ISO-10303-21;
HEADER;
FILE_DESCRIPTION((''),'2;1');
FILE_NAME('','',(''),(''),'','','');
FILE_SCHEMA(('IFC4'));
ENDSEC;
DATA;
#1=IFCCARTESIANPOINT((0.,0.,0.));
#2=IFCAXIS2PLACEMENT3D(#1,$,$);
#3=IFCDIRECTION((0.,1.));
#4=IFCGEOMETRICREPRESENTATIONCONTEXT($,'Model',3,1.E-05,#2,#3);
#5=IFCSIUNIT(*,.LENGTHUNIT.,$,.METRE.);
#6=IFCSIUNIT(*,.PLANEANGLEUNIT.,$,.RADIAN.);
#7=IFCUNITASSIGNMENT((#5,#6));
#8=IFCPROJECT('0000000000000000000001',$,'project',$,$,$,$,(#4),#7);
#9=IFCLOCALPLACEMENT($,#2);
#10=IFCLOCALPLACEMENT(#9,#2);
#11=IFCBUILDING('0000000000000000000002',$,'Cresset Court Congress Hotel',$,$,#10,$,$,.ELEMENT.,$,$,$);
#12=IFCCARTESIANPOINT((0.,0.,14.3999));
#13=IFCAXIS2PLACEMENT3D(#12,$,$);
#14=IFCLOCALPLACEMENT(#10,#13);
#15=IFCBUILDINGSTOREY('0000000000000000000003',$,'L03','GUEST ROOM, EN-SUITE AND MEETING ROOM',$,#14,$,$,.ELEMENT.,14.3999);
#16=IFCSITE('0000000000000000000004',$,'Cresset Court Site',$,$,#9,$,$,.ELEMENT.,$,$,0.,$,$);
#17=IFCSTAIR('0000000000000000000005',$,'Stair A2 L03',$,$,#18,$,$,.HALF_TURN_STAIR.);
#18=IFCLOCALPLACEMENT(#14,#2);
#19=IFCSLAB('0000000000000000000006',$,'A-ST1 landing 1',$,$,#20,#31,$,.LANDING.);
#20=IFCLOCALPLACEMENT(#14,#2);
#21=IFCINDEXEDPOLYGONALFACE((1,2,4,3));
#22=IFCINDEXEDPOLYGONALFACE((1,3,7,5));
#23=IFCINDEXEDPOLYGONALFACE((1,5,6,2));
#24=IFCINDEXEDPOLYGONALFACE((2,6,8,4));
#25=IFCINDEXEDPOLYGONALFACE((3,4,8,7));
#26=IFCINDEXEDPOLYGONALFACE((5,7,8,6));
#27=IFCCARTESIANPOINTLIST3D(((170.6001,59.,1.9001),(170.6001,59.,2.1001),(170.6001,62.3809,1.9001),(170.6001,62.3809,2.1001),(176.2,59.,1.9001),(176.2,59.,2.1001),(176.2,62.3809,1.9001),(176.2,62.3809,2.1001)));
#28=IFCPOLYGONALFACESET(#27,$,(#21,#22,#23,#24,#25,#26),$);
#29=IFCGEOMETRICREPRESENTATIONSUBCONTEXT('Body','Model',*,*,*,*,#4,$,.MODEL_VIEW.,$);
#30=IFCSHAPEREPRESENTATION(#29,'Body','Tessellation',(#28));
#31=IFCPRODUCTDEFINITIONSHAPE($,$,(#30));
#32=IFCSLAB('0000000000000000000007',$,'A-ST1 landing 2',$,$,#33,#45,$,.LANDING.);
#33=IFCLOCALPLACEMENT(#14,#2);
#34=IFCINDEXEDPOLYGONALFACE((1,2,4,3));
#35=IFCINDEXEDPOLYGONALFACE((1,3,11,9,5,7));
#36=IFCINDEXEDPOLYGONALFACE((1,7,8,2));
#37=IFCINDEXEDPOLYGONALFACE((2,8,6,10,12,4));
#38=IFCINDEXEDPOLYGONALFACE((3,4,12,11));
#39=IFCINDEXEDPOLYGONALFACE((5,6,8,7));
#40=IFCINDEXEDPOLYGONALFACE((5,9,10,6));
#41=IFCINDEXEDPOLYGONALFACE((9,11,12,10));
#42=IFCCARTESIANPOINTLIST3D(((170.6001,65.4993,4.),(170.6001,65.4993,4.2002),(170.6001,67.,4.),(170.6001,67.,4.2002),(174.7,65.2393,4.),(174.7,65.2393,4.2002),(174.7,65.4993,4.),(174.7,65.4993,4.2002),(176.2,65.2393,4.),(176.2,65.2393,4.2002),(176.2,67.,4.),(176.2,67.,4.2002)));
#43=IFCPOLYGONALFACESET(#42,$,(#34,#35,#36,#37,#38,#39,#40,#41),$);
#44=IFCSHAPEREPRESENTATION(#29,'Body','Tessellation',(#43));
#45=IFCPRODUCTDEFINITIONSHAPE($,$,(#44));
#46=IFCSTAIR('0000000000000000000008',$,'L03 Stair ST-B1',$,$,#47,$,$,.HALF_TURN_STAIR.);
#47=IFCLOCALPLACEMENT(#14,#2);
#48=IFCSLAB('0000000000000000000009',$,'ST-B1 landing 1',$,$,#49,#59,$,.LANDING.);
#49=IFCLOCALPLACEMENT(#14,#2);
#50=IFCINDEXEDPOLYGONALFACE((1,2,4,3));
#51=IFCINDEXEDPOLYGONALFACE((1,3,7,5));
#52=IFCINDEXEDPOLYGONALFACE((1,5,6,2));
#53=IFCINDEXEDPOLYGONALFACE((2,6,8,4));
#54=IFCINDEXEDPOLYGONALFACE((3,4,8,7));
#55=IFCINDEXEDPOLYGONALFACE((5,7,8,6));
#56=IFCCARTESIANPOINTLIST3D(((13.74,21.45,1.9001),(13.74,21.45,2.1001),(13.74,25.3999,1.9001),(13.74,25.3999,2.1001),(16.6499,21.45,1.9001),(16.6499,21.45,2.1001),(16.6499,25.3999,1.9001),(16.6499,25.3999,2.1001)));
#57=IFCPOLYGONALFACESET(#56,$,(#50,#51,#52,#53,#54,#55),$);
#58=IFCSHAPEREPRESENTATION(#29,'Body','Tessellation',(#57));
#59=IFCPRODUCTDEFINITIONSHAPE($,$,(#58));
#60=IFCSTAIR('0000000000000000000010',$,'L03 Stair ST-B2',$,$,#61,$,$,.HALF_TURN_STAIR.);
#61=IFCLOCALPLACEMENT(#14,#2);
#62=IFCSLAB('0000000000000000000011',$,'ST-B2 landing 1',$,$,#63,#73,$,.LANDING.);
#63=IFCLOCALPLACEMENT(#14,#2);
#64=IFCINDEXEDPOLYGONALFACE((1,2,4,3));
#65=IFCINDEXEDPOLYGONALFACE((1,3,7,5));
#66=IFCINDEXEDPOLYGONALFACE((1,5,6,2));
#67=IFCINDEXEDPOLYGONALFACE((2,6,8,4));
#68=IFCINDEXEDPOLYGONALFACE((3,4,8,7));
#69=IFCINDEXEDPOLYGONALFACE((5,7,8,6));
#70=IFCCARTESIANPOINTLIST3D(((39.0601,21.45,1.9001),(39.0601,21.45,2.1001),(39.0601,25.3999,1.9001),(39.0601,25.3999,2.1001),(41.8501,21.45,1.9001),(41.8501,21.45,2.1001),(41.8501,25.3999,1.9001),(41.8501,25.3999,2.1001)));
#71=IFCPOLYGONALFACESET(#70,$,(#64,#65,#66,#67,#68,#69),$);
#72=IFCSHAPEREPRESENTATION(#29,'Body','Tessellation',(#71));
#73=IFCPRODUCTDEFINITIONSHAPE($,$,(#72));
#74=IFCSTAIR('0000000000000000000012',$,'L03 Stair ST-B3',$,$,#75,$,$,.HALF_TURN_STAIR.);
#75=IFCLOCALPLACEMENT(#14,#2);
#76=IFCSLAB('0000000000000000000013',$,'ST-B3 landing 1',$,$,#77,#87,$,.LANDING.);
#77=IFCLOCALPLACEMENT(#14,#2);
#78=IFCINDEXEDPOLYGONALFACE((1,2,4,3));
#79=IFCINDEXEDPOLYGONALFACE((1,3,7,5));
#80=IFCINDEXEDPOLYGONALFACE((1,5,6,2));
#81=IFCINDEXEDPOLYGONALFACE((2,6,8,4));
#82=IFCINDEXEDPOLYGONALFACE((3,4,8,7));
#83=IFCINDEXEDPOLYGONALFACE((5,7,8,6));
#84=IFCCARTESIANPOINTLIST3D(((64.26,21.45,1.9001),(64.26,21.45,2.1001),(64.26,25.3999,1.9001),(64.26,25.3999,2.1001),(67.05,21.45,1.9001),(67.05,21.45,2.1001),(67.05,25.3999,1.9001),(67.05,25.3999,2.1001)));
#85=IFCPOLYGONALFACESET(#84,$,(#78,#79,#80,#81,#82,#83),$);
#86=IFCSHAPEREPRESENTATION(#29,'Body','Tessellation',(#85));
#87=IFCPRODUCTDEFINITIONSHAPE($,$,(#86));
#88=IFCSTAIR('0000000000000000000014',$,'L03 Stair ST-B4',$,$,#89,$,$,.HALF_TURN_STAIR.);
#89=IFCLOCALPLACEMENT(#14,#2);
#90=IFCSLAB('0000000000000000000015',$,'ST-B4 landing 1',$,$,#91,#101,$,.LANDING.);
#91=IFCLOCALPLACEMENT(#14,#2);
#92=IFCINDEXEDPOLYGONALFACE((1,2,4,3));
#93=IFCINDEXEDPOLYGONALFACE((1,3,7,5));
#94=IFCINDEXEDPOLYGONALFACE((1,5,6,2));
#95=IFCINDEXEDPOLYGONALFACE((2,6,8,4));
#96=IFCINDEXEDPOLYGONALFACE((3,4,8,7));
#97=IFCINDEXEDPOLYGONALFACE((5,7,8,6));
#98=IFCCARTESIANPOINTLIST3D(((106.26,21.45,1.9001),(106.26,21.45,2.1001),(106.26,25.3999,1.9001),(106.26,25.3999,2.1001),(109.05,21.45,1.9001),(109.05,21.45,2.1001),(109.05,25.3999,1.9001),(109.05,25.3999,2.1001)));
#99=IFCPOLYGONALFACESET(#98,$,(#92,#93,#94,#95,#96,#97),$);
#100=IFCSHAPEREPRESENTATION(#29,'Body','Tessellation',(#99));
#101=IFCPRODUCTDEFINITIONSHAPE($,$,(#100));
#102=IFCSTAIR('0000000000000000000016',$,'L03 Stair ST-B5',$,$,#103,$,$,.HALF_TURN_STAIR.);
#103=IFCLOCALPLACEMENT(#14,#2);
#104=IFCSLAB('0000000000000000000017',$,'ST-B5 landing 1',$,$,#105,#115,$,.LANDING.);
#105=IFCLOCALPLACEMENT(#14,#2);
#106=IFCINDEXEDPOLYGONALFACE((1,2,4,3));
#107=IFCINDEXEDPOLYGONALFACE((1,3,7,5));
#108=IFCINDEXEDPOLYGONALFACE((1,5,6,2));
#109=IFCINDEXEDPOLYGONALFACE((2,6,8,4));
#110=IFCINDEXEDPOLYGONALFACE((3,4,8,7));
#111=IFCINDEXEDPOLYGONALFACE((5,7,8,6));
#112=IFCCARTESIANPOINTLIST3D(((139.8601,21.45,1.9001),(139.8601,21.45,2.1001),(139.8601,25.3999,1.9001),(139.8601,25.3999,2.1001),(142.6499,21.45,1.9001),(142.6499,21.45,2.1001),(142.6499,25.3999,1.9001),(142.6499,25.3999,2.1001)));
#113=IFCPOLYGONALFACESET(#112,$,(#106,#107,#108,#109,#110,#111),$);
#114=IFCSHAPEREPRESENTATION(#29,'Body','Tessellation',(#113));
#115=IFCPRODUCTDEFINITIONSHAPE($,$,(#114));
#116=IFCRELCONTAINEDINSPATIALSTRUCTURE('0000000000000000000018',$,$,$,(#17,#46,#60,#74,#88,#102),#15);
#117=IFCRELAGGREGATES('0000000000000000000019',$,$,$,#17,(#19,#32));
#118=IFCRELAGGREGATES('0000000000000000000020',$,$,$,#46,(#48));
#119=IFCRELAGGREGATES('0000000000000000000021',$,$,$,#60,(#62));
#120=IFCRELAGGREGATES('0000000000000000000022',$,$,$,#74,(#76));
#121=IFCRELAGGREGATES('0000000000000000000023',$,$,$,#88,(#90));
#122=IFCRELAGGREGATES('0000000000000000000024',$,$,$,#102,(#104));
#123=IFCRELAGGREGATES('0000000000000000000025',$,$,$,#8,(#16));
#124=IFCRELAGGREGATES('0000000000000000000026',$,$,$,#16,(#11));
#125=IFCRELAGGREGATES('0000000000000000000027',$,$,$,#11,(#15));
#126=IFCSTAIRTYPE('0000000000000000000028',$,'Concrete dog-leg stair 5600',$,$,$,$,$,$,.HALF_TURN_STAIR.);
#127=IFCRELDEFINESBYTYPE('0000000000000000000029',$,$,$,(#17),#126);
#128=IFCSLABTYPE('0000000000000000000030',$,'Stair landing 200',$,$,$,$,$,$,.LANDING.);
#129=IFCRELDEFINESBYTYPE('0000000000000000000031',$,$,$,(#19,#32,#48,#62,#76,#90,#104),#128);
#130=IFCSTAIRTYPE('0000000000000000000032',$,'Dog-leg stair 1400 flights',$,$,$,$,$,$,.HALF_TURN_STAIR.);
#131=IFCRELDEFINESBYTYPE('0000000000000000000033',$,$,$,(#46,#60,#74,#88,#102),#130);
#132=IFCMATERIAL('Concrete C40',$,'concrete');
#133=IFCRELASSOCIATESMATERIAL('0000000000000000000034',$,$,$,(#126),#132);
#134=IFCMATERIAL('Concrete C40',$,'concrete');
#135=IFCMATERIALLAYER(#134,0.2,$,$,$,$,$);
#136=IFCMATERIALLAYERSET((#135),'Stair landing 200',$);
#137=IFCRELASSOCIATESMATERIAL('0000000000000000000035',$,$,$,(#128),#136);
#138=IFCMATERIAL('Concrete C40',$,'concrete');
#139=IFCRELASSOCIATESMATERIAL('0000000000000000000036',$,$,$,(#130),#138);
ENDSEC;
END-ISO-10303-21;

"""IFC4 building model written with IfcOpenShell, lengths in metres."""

from ifc_helpers import new_model, si_unit, direction, frame, origin, place, context, subcontext, project, spatial, polyline, outline, extrude, material, layer, layer_set, type_object, element, aggregate, save


model = new_model("IFC4")

# Units and contexts
model_context = context("Model", 3, precision=1e-05, world=origin(), true_north=direction((0.0, 1.0)))
body_context = subcontext(model_context, "Body", "Model", "MODEL_VIEW")
ifc_project = project(units=[si_unit("LENGTHUNIT", "METRE"), si_unit("PLANEANGLEUNIT", "RADIAN")], contexts=[model_context])

# Site, building, storey
site_placement = place(None, origin())
site = spatial("IfcSite", under=ifc_project, at=site_placement, Name="Cresset Court Site", CompositionType="ELEMENT", RefElevation=0.0)
building_placement = place(site_placement, origin())
building = spatial("IfcBuilding", under=site, at=building_placement, Name="Cresset Court Congress Hotel", CompositionType="ELEMENT")
storey_placement = place(building_placement, frame((0.0, 0.0, 14.3999)))
storey = spatial("IfcBuildingStorey", under=building, at=storey_placement, Name="L03", Description="GUEST ROOM, EN-SUITE AND MEETING ROOM", CompositionType="ELEMENT", Elevation=14.3999)

# Stair, slabs
ifc_material_1 = material(Name="Concrete C40", Category="concrete")
stair_type_1 = type_object("IfcStairType", Name="Concrete dog-leg stair 5600", PredefinedType="HALF_TURN_STAIR", material=ifc_material_1)
ifc_material_2 = material(Name="Concrete C40", Category="concrete")
ifc_layer_1 = layer(ifc_material_2, 0.2)
ifc_layer_set_1 = layer_set([ifc_layer_1], Name="Stair landing 200")
slab_type_1 = type_object("IfcSlabType", Name="Stair landing 200", PredefinedType="LANDING", material=ifc_layer_set_1)
stair_1_placement = place(storey_placement, origin())
stair_1 = element("IfcStair", 1, at=stair_1_placement, inside=storey, type_object=stair_type_1, Name="Stair A2 L03", PredefinedType="HALF_TURN_STAIR")
slab_1_placement = place(storey_placement, frame((0.0, 0.0, 1.9001)))
slab_1 = element("IfcSlab", 2, at=slab_1_placement, type_object=slab_type_1, Name="A-ST1 landing 1", PredefinedType="LANDING", context=body_context, shape_type="SweptSolid", body=[
    extrude(outline(polyline([(170.6001, 62.3809), (176.2, 62.3809), (176.2, 59.0), (170.6001, 59.0), (170.6001, 62.3809)])), origin(), (0.0, 0.0, 1.0), 0.2),
])
slab_2_placement = place(storey_placement, frame((0.0, 0.0, 4.0)))
slab_2 = element("IfcSlab", 3, at=slab_2_placement, type_object=slab_type_1, Name="A-ST1 landing 2", PredefinedType="LANDING", context=body_context, shape_type="SweptSolid", body=[
    extrude(outline(polyline([(170.6001, 67.0), (176.2, 67.0), (176.2, 65.2393), (174.7, 65.2393), (174.7, 65.4993), (170.6001, 65.4993), (170.6001, 67.0)])), origin(), (0.0, 0.0, 1.0), 0.2002),
])
aggregate(stair_1, [slab_1, slab_2])

# Stairs, slabs
ifc_material_3 = material(Name="Concrete C40", Category="concrete")
stair_type_2 = type_object("IfcStairType", Name="Dog-leg stair 1400 flights", PredefinedType="HALF_TURN_STAIR", material=ifc_material_3)
stair_2_placement = place(storey_placement, origin())
stair_2 = element("IfcStair", 4, at=stair_2_placement, inside=storey, type_object=stair_type_2, Name="L03 Stair ST-B1", PredefinedType="HALF_TURN_STAIR")
slab_3_placement = place(storey_placement, frame((0.0, 0.0, 1.9001)))
slab_3 = element("IfcSlab", 5, at=slab_3_placement, type_object=slab_type_1, Name="ST-B1 landing 1", PredefinedType="LANDING", context=body_context, shape_type="SweptSolid", body=[
    extrude(outline(polyline([(13.74, 21.45), (16.6499, 21.45), (16.6499, 25.3999), (13.74, 25.3999), (13.74, 21.45)])), origin(), (0.0, 0.0, 1.0), 0.2),
])
aggregate(stair_2, [slab_3])
stair_3_placement = place(storey_placement, origin())
stair_3 = element("IfcStair", 6, at=stair_3_placement, inside=storey, type_object=stair_type_2, Name="L03 Stair ST-B2", PredefinedType="HALF_TURN_STAIR")
slab_4_placement = place(storey_placement, frame((0.0, 0.0, 1.9001)))
slab_4 = element("IfcSlab", 7, at=slab_4_placement, type_object=slab_type_1, Name="ST-B2 landing 1", PredefinedType="LANDING", context=body_context, shape_type="SweptSolid", body=[
    extrude(outline(polyline([(39.0601, 21.45), (41.8501, 21.45), (41.8501, 25.3999), (39.0601, 25.3999), (39.0601, 21.45)])), origin(), (0.0, 0.0, 1.0), 0.2),
])
aggregate(stair_3, [slab_4])
stair_4_placement = place(storey_placement, origin())
stair_4 = element("IfcStair", 8, at=stair_4_placement, inside=storey, type_object=stair_type_2, Name="L03 Stair ST-B3", PredefinedType="HALF_TURN_STAIR")
slab_5_placement = place(storey_placement, frame((0.0, 0.0, 1.9001)))
slab_5 = element("IfcSlab", 9, at=slab_5_placement, type_object=slab_type_1, Name="ST-B3 landing 1", PredefinedType="LANDING", context=body_context, shape_type="SweptSolid", body=[
    extrude(outline(polyline([(64.26, 21.45), (67.05, 21.45), (67.05, 25.3999), (64.26, 25.3999), (64.26, 21.45)])), origin(), (0.0, 0.0, 1.0), 0.2),
])
aggregate(stair_4, [slab_5])
stair_5_placement = place(storey_placement, origin())
stair_5 = element("IfcStair", 10, at=stair_5_placement, inside=storey, type_object=stair_type_2, Name="L03 Stair ST-B4", PredefinedType="HALF_TURN_STAIR")
slab_6_placement = place(storey_placement, frame((0.0, 0.0, 1.9001)))
slab_6 = element("IfcSlab", 11, at=slab_6_placement, type_object=slab_type_1, Name="ST-B4 landing 1", PredefinedType="LANDING", context=body_context, shape_type="SweptSolid", body=[
    extrude(outline(polyline([(106.26, 21.45), (109.05, 21.45), (109.05, 25.3999), (106.26, 25.3999), (106.26, 21.45)])), origin(), (0.0, 0.0, 1.0), 0.2),
])
aggregate(stair_5, [slab_6])
stair_6_placement = place(storey_placement, origin())
stair_6 = element("IfcStair", 12, at=stair_6_placement, inside=storey, type_object=stair_type_2, Name="L03 Stair ST-B5", PredefinedType="HALF_TURN_STAIR")
slab_7_placement = place(storey_placement, frame((0.0, 0.0, 1.9001)))
slab_7 = element("IfcSlab", 13, at=slab_7_placement, type_object=slab_type_1, Name="ST-B5 landing 1", PredefinedType="LANDING", context=body_context, shape_type="SweptSolid", body=[
    extrude(outline(polyline([(139.8601, 21.45), (142.6499, 21.45), (142.6499, 25.3999), (139.8601, 25.3999), (139.8601, 21.45)])), origin(), (0.0, 0.0, 1.0), 0.2),
])
aggregate(stair_6, [slab_7])

save(model, "model.ifc")
